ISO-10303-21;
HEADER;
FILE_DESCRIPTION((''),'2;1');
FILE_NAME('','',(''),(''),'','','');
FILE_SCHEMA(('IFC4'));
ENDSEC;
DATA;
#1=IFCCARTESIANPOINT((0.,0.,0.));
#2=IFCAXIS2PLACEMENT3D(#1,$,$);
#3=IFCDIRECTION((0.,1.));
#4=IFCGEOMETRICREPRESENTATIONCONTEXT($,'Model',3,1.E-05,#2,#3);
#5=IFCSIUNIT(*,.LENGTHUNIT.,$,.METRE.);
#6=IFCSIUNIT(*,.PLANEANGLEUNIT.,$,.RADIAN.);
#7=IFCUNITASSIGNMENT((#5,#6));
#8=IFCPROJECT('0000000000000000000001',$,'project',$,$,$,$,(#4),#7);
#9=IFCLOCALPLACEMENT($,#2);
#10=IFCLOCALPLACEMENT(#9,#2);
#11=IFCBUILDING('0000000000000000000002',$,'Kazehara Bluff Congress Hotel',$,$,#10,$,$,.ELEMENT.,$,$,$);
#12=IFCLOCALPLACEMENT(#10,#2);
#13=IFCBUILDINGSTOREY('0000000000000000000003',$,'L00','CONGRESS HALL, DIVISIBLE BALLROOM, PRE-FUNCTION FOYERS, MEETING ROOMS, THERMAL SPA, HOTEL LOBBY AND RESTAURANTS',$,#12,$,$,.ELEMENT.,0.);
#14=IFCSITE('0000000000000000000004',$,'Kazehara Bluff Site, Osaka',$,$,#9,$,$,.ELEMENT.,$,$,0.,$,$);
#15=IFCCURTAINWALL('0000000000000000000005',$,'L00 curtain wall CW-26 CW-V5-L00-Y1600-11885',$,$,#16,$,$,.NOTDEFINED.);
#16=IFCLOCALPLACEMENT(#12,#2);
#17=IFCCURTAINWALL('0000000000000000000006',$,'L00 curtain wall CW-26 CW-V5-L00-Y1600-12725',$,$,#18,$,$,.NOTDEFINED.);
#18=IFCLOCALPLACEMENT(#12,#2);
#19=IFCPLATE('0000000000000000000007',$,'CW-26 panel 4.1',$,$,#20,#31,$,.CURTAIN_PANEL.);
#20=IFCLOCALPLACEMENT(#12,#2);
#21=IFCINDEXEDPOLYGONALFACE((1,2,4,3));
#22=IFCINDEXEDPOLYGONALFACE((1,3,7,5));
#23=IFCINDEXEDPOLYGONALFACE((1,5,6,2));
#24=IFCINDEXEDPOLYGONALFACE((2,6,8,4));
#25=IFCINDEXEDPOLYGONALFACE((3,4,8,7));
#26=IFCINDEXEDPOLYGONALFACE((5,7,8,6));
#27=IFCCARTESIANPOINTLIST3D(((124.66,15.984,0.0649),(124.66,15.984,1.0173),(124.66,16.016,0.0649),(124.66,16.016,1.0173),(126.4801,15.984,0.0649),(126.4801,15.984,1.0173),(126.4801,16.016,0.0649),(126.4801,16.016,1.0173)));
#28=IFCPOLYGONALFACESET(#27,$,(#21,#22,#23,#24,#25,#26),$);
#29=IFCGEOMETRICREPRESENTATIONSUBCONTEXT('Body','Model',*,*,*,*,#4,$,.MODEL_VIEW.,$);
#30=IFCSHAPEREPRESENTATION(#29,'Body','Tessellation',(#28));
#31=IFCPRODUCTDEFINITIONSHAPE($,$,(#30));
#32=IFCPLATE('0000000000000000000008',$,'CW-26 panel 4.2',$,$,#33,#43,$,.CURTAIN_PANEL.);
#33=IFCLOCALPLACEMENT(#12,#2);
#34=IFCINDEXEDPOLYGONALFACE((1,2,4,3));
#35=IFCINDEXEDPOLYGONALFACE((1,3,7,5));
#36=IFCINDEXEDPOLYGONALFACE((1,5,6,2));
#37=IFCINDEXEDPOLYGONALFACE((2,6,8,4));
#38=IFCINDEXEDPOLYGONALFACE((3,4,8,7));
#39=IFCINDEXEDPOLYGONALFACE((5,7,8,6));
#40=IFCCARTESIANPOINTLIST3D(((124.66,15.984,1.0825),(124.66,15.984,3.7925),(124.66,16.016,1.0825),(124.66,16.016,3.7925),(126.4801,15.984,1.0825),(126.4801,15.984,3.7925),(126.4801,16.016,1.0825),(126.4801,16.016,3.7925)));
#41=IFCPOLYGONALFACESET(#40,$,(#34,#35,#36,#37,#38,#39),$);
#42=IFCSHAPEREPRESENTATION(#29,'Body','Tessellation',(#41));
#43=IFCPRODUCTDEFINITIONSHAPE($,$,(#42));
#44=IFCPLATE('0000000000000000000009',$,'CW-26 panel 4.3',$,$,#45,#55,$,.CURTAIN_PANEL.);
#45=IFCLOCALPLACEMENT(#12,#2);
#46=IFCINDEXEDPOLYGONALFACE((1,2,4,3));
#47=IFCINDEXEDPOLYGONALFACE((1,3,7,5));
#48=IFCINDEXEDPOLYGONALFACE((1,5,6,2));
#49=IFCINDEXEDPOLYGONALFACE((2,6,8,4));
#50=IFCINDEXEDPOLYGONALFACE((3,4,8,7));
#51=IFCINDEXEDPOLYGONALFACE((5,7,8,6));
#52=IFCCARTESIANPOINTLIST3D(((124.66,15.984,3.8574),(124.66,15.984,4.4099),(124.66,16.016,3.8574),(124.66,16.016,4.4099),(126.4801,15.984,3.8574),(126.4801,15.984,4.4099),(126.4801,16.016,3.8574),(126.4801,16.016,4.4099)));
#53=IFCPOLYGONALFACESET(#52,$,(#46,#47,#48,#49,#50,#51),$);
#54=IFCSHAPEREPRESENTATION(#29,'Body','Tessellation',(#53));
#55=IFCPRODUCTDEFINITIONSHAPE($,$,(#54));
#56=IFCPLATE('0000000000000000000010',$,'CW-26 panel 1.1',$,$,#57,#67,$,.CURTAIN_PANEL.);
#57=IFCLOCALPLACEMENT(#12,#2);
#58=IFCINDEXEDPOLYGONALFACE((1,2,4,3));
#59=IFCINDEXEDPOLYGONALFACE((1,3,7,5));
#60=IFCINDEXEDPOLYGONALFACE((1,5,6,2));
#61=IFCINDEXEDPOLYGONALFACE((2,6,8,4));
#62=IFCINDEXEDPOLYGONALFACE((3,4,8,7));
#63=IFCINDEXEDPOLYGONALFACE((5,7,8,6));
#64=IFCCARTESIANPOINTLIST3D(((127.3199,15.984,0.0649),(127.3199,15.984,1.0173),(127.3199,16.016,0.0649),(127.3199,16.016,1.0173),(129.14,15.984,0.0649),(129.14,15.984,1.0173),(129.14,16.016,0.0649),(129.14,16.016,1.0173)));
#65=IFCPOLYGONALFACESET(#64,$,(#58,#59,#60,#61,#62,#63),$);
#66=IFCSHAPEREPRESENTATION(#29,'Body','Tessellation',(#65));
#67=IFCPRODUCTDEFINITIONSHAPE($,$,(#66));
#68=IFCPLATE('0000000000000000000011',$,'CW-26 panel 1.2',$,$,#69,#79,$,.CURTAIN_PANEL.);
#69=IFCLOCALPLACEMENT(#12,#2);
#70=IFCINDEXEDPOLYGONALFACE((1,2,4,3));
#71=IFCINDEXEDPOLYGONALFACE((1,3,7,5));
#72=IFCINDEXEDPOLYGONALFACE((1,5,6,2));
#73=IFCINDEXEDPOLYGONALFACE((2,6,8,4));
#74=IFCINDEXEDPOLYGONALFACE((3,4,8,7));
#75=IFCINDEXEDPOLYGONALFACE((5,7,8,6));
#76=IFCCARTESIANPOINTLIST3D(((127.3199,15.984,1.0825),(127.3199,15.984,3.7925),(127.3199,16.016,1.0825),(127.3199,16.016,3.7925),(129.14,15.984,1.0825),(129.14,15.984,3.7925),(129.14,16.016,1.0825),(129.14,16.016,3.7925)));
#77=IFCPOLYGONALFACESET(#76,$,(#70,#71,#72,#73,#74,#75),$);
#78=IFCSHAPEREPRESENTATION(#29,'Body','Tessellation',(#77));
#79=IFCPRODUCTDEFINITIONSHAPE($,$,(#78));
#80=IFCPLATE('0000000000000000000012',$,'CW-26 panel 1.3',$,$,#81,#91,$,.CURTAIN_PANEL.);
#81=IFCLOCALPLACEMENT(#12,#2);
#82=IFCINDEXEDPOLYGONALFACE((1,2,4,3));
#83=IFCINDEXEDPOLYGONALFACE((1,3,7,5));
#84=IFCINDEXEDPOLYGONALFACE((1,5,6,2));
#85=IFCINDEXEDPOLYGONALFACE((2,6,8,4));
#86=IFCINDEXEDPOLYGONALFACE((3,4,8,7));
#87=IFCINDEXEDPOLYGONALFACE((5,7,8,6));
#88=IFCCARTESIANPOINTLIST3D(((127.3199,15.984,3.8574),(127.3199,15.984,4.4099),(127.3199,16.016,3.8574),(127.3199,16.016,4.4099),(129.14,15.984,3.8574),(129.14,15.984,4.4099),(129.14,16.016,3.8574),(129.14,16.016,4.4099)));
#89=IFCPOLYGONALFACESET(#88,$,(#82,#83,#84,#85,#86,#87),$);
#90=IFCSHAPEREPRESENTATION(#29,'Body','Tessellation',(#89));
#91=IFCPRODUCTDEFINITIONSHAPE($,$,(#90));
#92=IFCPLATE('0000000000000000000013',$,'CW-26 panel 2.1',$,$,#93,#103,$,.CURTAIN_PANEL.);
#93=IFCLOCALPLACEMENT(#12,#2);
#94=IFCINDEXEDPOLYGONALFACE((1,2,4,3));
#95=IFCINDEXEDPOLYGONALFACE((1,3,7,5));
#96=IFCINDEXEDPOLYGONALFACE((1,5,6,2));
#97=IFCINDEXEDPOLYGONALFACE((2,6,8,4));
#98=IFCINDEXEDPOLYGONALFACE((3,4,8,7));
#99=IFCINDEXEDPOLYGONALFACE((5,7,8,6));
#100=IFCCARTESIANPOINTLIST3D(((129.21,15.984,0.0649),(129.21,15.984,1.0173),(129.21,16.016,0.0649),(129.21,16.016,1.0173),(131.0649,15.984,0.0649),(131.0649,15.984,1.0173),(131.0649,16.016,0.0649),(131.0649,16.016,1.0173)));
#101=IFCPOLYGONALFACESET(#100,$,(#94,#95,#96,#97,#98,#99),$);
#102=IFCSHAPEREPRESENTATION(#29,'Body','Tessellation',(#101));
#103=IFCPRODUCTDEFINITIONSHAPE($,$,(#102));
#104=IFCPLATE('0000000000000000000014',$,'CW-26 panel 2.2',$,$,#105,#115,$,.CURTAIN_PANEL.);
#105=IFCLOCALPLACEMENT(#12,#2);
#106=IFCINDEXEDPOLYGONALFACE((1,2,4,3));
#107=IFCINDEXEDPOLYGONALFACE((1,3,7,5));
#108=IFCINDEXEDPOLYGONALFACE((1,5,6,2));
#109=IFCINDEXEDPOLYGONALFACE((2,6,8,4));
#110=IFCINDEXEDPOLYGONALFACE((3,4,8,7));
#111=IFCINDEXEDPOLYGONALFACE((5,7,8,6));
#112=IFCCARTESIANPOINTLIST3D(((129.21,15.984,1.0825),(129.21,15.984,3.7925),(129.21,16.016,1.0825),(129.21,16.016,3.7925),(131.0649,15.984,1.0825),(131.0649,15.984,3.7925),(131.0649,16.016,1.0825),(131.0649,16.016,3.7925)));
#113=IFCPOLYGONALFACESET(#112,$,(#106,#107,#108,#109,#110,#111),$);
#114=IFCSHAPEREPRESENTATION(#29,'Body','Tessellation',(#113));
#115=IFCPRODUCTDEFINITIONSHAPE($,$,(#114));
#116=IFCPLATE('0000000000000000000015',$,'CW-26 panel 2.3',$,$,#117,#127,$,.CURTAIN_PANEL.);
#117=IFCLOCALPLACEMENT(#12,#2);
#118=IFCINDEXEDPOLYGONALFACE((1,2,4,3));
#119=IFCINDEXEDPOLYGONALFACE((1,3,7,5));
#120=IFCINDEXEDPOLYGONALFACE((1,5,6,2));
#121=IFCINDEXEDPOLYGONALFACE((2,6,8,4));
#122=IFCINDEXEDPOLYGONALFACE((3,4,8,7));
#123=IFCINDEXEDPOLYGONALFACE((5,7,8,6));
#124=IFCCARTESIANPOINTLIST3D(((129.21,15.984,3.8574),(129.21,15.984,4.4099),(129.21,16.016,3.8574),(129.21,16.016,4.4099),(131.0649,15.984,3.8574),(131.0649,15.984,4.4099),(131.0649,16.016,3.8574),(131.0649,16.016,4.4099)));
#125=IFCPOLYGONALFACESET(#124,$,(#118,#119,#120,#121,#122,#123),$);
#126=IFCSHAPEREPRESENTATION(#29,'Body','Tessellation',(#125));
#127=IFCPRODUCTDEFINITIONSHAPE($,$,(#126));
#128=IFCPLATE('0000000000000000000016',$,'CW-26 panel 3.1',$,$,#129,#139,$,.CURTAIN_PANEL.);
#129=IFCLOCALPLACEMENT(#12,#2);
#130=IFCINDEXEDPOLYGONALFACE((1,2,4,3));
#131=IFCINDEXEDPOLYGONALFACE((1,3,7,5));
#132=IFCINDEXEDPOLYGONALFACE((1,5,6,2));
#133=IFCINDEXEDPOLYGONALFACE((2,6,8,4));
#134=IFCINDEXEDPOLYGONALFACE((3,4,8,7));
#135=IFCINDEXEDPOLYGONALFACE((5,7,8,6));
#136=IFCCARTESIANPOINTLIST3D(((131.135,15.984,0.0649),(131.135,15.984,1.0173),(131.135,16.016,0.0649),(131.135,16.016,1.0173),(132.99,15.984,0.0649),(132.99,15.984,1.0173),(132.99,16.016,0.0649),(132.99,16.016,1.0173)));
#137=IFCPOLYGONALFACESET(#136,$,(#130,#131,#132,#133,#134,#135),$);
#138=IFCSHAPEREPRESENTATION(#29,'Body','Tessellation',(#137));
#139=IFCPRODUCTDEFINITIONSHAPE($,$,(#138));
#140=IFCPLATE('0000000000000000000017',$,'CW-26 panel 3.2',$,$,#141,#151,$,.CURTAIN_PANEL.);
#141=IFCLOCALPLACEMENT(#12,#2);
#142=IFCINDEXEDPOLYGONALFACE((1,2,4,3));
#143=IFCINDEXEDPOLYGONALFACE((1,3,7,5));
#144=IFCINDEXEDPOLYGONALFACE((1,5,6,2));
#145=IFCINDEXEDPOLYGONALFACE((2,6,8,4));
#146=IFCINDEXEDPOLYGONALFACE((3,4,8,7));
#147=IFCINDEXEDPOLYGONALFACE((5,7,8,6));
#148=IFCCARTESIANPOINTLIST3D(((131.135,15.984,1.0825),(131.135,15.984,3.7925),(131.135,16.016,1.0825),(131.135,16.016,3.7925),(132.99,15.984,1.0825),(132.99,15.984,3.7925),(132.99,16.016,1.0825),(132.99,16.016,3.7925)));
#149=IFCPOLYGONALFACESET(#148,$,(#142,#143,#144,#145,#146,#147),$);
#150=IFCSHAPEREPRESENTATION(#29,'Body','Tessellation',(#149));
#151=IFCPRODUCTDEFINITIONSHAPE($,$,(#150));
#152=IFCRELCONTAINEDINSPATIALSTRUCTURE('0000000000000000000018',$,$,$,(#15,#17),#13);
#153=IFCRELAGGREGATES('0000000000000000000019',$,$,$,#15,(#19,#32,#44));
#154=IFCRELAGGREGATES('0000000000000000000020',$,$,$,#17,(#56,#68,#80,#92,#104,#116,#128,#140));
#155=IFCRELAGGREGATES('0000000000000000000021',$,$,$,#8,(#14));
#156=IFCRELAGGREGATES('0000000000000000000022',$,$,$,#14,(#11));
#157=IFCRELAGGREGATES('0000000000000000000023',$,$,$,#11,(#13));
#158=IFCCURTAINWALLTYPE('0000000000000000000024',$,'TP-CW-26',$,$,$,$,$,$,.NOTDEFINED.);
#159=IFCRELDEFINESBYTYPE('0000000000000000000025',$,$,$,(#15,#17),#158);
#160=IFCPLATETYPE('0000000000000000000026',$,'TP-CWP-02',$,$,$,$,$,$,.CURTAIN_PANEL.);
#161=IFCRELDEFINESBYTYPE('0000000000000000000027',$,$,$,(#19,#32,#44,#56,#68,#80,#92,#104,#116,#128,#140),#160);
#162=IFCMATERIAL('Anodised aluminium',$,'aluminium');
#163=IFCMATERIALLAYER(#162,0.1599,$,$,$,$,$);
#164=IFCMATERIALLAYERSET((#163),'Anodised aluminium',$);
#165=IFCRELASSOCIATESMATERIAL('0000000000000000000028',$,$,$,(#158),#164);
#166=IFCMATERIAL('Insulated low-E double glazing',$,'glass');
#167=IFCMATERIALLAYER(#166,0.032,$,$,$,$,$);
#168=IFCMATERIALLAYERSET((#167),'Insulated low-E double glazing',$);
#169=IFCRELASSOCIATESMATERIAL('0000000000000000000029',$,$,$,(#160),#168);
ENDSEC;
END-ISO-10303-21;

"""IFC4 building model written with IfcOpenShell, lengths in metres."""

from ifc_helpers import new_model, si_unit, direction, frame, origin, origin_2d, place, context, subcontext, project, spatial, rectangle, extrude, material, layer, layer_set, type_object, element, aggregate, save


model = new_model("IFC4")

# Units and contexts
model_context = context("Model", 3, precision=1e-05, world=origin(), true_north=direction((0.0, 1.0)))
body_context = subcontext(model_context, "Body", "Model", "MODEL_VIEW")
ifc_project = project(units=[si_unit("LENGTHUNIT", "METRE"), si_unit("PLANEANGLEUNIT", "RADIAN")], contexts=[model_context])

# Site, building, storey
site_placement = place(None, origin())
site = spatial("IfcSite", under=ifc_project, at=site_placement, Name="Kazehara Bluff Site, Osaka", CompositionType="ELEMENT", RefElevation=0.0)
building_placement = place(site_placement, origin())
building = spatial("IfcBuilding", under=site, at=building_placement, Name="Kazehara Bluff Congress Hotel", CompositionType="ELEMENT")
storey_placement = place(building_placement, origin())
storey = spatial("IfcBuildingStorey", under=building, at=storey_placement, Name="L00", Description="CONGRESS HALL, DIVISIBLE BALLROOM, PRE-FUNCTION FOYERS, MEETING ROOMS, THERMAL SPA, HOTEL LOBBY AND RESTAURANTS", CompositionType="ELEMENT", Elevation=0.0)

# Curtain wall
ifc_material_1 = material(Name="Anodised aluminium", Category="aluminium")
ifc_layer_1 = layer(ifc_material_1, 0.1599)
ifc_layer_set_1 = layer_set([ifc_layer_1], Name="Anodised aluminium")
curtain_wall_type = type_object("IfcCurtainWallType", Name="TP-CW-26", PredefinedType="NOTDEFINED", material=ifc_layer_set_1)
curtain_wall_1_placement = place(storey_placement, origin())
curtain_wall_1 = element("IfcCurtainWall", 1, at=curtain_wall_1_placement, inside=storey, type_object=curtain_wall_type, Name="L00 curtain wall CW-26 CW-V5-L00-Y1600-11885", PredefinedType="NOTDEFINED")

# Curtain wall
curtain_wall_2_placement = place(storey_placement, origin())
curtain_wall_2 = element("IfcCurtainWall", 2, at=curtain_wall_2_placement, inside=storey, type_object=curtain_wall_type, Name="L00 curtain wall CW-26 CW-V5-L00-Y1600-12725", PredefinedType="NOTDEFINED")

# Plates
ifc_material_2 = material(Name="Insulated low-E double glazing", Category="glass")
ifc_layer_2 = layer(ifc_material_2, 0.032)
ifc_layer_set_2 = layer_set([ifc_layer_2], Name="Insulated low-E double glazing")
plate_type = type_object("IfcPlateType", Name="TP-CWP-02", PredefinedType="CURTAIN_PANEL", material=ifc_layer_set_2)
plate_1_placement = place(storey_placement, frame((125.5701, 16.0, 0.0649), z_axis=(0.0, 0.0, 1.0), x_axis=(1.0, 0.0, 0.0)))
plate_1 = element("IfcPlate", 3, at=plate_1_placement, type_object=plate_type, Name="CW-26 panel 4.1", PredefinedType="CURTAIN_PANEL", context=body_context, shape_type="SweptSolid", body=[
    extrude(rectangle(XDim=1.8201, YDim=0.032, at=origin_2d()), origin(), (0.0, 0.0, 1.0), 0.9524),
])
plate_2_placement = place(storey_placement, frame((125.5701, 16.0, 1.0825), z_axis=(0.0, 0.0, 1.0), x_axis=(1.0, 0.0, 0.0)))
plate_2 = element("IfcPlate", 4, at=plate_2_placement, type_object=plate_type, Name="CW-26 panel 4.2", PredefinedType="CURTAIN_PANEL", context=body_context, shape_type="SweptSolid", body=[
    extrude(rectangle(XDim=1.8201, YDim=0.032, at=origin_2d()), origin(), (0.0, 0.0, 1.0), 2.71),
])
plate_3_placement = place(storey_placement, frame((125.5701, 16.0, 3.8574), z_axis=(0.0, 0.0, 1.0), x_axis=(1.0, 0.0, 0.0)))
plate_3 = element("IfcPlate", 5, at=plate_3_placement, type_object=plate_type, Name="CW-26 panel 4.3", PredefinedType="CURTAIN_PANEL", context=body_context, shape_type="SweptSolid", body=[
    extrude(rectangle(XDim=1.8201, YDim=0.032, at=origin_2d()), origin(), (0.0, 0.0, 1.0), 0.5525),
])
aggregate(curtain_wall_1, [plate_1, plate_2, plate_3])
plate_4_placement = place(storey_placement, frame((128.23, 16.0, 0.0649), z_axis=(0.0, 0.0, 1.0), x_axis=(1.0, 0.0, 0.0)))
plate_4 = element("IfcPlate", 6, at=plate_4_placement, type_object=plate_type, Name="CW-26 panel 1.1", PredefinedType="CURTAIN_PANEL", context=body_context, shape_type="SweptSolid", body=[
    extrude(rectangle(XDim=1.8201, YDim=0.032, at=origin_2d()), origin(), (0.0, 0.0, 1.0), 0.9524),
])
plate_5_placement = place(storey_placement, frame((128.23, 16.0, 1.0825), z_axis=(0.0, 0.0, 1.0), x_axis=(1.0, 0.0, 0.0)))
plate_5 = element("IfcPlate", 7, at=plate_5_placement, type_object=plate_type, Name="CW-26 panel 1.2", PredefinedType="CURTAIN_PANEL", context=body_context, shape_type="SweptSolid", body=[
    extrude(rectangle(XDim=1.8201, YDim=0.032, at=origin_2d()), origin(), (0.0, 0.0, 1.0), 2.71),
])
plate_6_placement = place(storey_placement, frame((128.23, 16.0, 3.8574), z_axis=(0.0, 0.0, 1.0), x_axis=(1.0, 0.0, 0.0)))
plate_6 = element("IfcPlate", 8, at=plate_6_placement, type_object=plate_type, Name="CW-26 panel 1.3", PredefinedType="CURTAIN_PANEL", context=body_context, shape_type="SweptSolid", body=[
    extrude(rectangle(XDim=1.8201, YDim=0.032, at=origin_2d()), origin(), (0.0, 0.0, 1.0), 0.5525),
])
plate_7_placement = place(storey_placement, frame((130.1375, 16.0, 0.0649), z_axis=(0.0, 0.0, 1.0), x_axis=(1.0, 0.0, 0.0)))
plate_7 = element("IfcPlate", 9, at=plate_7_placement, type_object=plate_type, Name="CW-26 panel 2.1", PredefinedType="CURTAIN_PANEL", context=body_context, shape_type="SweptSolid", body=[
    extrude(rectangle(XDim=1.855, YDim=0.032, at=origin_2d()), origin(), (0.0, 0.0, 1.0), 0.9524),
])
plate_8_placement = place(storey_placement, frame((130.1375, 16.0, 1.0825), z_axis=(0.0, 0.0, 1.0), x_axis=(1.0, 0.0, 0.0)))
plate_8 = element("IfcPlate", 10, at=plate_8_placement, type_object=plate_type, Name="CW-26 panel 2.2", PredefinedType="CURTAIN_PANEL", context=body_context, shape_type="SweptSolid", body=[
    extrude(rectangle(XDim=1.855, YDim=0.032, at=origin_2d()), origin(), (0.0, 0.0, 1.0), 2.71),
])
plate_9_placement = place(storey_placement, frame((130.1375, 16.0, 3.8574), z_axis=(0.0, 0.0, 1.0), x_axis=(1.0, 0.0, 0.0)))
plate_9 = element("IfcPlate", 11, at=plate_9_placement, type_object=plate_type, Name="CW-26 panel 2.3", PredefinedType="CURTAIN_PANEL", context=body_context, shape_type="SweptSolid", body=[
    extrude(rectangle(XDim=1.855, YDim=0.032, at=origin_2d()), origin(), (0.0, 0.0, 1.0), 0.5525),
])
plate_10_placement = place(storey_placement, frame((132.0625, 16.0, 0.0649), z_axis=(0.0, 0.0, 1.0), x_axis=(1.0, 0.0, 0.0)))
plate_10 = element("IfcPlate", 12, at=plate_10_placement, type_object=plate_type, Name="CW-26 panel 3.1", PredefinedType="CURTAIN_PANEL", context=body_context, shape_type="SweptSolid", body=[
    extrude(rectangle(XDim=1.855, YDim=0.032, at=origin_2d()), origin(), (0.0, 0.0, 1.0), 0.9524),
])
plate_11_placement = place(storey_placement, frame((132.0625, 16.0, 1.0825), z_axis=(0.0, 0.0, 1.0), x_axis=(1.0, 0.0, 0.0)))
plate_11 = element("IfcPlate", 13, at=plate_11_placement, type_object=plate_type, Name="CW-26 panel 3.2", PredefinedType="CURTAIN_PANEL", context=body_context, shape_type="SweptSolid", body=[
    extrude(rectangle(XDim=1.855, YDim=0.032, at=origin_2d()), origin(), (0.0, 0.0, 1.0), 2.71),
])
aggregate(curtain_wall_2, [plate_4, plate_5, plate_6, plate_7, plate_8, plate_9, plate_10, plate_11])

save(model, "model.ifc")
